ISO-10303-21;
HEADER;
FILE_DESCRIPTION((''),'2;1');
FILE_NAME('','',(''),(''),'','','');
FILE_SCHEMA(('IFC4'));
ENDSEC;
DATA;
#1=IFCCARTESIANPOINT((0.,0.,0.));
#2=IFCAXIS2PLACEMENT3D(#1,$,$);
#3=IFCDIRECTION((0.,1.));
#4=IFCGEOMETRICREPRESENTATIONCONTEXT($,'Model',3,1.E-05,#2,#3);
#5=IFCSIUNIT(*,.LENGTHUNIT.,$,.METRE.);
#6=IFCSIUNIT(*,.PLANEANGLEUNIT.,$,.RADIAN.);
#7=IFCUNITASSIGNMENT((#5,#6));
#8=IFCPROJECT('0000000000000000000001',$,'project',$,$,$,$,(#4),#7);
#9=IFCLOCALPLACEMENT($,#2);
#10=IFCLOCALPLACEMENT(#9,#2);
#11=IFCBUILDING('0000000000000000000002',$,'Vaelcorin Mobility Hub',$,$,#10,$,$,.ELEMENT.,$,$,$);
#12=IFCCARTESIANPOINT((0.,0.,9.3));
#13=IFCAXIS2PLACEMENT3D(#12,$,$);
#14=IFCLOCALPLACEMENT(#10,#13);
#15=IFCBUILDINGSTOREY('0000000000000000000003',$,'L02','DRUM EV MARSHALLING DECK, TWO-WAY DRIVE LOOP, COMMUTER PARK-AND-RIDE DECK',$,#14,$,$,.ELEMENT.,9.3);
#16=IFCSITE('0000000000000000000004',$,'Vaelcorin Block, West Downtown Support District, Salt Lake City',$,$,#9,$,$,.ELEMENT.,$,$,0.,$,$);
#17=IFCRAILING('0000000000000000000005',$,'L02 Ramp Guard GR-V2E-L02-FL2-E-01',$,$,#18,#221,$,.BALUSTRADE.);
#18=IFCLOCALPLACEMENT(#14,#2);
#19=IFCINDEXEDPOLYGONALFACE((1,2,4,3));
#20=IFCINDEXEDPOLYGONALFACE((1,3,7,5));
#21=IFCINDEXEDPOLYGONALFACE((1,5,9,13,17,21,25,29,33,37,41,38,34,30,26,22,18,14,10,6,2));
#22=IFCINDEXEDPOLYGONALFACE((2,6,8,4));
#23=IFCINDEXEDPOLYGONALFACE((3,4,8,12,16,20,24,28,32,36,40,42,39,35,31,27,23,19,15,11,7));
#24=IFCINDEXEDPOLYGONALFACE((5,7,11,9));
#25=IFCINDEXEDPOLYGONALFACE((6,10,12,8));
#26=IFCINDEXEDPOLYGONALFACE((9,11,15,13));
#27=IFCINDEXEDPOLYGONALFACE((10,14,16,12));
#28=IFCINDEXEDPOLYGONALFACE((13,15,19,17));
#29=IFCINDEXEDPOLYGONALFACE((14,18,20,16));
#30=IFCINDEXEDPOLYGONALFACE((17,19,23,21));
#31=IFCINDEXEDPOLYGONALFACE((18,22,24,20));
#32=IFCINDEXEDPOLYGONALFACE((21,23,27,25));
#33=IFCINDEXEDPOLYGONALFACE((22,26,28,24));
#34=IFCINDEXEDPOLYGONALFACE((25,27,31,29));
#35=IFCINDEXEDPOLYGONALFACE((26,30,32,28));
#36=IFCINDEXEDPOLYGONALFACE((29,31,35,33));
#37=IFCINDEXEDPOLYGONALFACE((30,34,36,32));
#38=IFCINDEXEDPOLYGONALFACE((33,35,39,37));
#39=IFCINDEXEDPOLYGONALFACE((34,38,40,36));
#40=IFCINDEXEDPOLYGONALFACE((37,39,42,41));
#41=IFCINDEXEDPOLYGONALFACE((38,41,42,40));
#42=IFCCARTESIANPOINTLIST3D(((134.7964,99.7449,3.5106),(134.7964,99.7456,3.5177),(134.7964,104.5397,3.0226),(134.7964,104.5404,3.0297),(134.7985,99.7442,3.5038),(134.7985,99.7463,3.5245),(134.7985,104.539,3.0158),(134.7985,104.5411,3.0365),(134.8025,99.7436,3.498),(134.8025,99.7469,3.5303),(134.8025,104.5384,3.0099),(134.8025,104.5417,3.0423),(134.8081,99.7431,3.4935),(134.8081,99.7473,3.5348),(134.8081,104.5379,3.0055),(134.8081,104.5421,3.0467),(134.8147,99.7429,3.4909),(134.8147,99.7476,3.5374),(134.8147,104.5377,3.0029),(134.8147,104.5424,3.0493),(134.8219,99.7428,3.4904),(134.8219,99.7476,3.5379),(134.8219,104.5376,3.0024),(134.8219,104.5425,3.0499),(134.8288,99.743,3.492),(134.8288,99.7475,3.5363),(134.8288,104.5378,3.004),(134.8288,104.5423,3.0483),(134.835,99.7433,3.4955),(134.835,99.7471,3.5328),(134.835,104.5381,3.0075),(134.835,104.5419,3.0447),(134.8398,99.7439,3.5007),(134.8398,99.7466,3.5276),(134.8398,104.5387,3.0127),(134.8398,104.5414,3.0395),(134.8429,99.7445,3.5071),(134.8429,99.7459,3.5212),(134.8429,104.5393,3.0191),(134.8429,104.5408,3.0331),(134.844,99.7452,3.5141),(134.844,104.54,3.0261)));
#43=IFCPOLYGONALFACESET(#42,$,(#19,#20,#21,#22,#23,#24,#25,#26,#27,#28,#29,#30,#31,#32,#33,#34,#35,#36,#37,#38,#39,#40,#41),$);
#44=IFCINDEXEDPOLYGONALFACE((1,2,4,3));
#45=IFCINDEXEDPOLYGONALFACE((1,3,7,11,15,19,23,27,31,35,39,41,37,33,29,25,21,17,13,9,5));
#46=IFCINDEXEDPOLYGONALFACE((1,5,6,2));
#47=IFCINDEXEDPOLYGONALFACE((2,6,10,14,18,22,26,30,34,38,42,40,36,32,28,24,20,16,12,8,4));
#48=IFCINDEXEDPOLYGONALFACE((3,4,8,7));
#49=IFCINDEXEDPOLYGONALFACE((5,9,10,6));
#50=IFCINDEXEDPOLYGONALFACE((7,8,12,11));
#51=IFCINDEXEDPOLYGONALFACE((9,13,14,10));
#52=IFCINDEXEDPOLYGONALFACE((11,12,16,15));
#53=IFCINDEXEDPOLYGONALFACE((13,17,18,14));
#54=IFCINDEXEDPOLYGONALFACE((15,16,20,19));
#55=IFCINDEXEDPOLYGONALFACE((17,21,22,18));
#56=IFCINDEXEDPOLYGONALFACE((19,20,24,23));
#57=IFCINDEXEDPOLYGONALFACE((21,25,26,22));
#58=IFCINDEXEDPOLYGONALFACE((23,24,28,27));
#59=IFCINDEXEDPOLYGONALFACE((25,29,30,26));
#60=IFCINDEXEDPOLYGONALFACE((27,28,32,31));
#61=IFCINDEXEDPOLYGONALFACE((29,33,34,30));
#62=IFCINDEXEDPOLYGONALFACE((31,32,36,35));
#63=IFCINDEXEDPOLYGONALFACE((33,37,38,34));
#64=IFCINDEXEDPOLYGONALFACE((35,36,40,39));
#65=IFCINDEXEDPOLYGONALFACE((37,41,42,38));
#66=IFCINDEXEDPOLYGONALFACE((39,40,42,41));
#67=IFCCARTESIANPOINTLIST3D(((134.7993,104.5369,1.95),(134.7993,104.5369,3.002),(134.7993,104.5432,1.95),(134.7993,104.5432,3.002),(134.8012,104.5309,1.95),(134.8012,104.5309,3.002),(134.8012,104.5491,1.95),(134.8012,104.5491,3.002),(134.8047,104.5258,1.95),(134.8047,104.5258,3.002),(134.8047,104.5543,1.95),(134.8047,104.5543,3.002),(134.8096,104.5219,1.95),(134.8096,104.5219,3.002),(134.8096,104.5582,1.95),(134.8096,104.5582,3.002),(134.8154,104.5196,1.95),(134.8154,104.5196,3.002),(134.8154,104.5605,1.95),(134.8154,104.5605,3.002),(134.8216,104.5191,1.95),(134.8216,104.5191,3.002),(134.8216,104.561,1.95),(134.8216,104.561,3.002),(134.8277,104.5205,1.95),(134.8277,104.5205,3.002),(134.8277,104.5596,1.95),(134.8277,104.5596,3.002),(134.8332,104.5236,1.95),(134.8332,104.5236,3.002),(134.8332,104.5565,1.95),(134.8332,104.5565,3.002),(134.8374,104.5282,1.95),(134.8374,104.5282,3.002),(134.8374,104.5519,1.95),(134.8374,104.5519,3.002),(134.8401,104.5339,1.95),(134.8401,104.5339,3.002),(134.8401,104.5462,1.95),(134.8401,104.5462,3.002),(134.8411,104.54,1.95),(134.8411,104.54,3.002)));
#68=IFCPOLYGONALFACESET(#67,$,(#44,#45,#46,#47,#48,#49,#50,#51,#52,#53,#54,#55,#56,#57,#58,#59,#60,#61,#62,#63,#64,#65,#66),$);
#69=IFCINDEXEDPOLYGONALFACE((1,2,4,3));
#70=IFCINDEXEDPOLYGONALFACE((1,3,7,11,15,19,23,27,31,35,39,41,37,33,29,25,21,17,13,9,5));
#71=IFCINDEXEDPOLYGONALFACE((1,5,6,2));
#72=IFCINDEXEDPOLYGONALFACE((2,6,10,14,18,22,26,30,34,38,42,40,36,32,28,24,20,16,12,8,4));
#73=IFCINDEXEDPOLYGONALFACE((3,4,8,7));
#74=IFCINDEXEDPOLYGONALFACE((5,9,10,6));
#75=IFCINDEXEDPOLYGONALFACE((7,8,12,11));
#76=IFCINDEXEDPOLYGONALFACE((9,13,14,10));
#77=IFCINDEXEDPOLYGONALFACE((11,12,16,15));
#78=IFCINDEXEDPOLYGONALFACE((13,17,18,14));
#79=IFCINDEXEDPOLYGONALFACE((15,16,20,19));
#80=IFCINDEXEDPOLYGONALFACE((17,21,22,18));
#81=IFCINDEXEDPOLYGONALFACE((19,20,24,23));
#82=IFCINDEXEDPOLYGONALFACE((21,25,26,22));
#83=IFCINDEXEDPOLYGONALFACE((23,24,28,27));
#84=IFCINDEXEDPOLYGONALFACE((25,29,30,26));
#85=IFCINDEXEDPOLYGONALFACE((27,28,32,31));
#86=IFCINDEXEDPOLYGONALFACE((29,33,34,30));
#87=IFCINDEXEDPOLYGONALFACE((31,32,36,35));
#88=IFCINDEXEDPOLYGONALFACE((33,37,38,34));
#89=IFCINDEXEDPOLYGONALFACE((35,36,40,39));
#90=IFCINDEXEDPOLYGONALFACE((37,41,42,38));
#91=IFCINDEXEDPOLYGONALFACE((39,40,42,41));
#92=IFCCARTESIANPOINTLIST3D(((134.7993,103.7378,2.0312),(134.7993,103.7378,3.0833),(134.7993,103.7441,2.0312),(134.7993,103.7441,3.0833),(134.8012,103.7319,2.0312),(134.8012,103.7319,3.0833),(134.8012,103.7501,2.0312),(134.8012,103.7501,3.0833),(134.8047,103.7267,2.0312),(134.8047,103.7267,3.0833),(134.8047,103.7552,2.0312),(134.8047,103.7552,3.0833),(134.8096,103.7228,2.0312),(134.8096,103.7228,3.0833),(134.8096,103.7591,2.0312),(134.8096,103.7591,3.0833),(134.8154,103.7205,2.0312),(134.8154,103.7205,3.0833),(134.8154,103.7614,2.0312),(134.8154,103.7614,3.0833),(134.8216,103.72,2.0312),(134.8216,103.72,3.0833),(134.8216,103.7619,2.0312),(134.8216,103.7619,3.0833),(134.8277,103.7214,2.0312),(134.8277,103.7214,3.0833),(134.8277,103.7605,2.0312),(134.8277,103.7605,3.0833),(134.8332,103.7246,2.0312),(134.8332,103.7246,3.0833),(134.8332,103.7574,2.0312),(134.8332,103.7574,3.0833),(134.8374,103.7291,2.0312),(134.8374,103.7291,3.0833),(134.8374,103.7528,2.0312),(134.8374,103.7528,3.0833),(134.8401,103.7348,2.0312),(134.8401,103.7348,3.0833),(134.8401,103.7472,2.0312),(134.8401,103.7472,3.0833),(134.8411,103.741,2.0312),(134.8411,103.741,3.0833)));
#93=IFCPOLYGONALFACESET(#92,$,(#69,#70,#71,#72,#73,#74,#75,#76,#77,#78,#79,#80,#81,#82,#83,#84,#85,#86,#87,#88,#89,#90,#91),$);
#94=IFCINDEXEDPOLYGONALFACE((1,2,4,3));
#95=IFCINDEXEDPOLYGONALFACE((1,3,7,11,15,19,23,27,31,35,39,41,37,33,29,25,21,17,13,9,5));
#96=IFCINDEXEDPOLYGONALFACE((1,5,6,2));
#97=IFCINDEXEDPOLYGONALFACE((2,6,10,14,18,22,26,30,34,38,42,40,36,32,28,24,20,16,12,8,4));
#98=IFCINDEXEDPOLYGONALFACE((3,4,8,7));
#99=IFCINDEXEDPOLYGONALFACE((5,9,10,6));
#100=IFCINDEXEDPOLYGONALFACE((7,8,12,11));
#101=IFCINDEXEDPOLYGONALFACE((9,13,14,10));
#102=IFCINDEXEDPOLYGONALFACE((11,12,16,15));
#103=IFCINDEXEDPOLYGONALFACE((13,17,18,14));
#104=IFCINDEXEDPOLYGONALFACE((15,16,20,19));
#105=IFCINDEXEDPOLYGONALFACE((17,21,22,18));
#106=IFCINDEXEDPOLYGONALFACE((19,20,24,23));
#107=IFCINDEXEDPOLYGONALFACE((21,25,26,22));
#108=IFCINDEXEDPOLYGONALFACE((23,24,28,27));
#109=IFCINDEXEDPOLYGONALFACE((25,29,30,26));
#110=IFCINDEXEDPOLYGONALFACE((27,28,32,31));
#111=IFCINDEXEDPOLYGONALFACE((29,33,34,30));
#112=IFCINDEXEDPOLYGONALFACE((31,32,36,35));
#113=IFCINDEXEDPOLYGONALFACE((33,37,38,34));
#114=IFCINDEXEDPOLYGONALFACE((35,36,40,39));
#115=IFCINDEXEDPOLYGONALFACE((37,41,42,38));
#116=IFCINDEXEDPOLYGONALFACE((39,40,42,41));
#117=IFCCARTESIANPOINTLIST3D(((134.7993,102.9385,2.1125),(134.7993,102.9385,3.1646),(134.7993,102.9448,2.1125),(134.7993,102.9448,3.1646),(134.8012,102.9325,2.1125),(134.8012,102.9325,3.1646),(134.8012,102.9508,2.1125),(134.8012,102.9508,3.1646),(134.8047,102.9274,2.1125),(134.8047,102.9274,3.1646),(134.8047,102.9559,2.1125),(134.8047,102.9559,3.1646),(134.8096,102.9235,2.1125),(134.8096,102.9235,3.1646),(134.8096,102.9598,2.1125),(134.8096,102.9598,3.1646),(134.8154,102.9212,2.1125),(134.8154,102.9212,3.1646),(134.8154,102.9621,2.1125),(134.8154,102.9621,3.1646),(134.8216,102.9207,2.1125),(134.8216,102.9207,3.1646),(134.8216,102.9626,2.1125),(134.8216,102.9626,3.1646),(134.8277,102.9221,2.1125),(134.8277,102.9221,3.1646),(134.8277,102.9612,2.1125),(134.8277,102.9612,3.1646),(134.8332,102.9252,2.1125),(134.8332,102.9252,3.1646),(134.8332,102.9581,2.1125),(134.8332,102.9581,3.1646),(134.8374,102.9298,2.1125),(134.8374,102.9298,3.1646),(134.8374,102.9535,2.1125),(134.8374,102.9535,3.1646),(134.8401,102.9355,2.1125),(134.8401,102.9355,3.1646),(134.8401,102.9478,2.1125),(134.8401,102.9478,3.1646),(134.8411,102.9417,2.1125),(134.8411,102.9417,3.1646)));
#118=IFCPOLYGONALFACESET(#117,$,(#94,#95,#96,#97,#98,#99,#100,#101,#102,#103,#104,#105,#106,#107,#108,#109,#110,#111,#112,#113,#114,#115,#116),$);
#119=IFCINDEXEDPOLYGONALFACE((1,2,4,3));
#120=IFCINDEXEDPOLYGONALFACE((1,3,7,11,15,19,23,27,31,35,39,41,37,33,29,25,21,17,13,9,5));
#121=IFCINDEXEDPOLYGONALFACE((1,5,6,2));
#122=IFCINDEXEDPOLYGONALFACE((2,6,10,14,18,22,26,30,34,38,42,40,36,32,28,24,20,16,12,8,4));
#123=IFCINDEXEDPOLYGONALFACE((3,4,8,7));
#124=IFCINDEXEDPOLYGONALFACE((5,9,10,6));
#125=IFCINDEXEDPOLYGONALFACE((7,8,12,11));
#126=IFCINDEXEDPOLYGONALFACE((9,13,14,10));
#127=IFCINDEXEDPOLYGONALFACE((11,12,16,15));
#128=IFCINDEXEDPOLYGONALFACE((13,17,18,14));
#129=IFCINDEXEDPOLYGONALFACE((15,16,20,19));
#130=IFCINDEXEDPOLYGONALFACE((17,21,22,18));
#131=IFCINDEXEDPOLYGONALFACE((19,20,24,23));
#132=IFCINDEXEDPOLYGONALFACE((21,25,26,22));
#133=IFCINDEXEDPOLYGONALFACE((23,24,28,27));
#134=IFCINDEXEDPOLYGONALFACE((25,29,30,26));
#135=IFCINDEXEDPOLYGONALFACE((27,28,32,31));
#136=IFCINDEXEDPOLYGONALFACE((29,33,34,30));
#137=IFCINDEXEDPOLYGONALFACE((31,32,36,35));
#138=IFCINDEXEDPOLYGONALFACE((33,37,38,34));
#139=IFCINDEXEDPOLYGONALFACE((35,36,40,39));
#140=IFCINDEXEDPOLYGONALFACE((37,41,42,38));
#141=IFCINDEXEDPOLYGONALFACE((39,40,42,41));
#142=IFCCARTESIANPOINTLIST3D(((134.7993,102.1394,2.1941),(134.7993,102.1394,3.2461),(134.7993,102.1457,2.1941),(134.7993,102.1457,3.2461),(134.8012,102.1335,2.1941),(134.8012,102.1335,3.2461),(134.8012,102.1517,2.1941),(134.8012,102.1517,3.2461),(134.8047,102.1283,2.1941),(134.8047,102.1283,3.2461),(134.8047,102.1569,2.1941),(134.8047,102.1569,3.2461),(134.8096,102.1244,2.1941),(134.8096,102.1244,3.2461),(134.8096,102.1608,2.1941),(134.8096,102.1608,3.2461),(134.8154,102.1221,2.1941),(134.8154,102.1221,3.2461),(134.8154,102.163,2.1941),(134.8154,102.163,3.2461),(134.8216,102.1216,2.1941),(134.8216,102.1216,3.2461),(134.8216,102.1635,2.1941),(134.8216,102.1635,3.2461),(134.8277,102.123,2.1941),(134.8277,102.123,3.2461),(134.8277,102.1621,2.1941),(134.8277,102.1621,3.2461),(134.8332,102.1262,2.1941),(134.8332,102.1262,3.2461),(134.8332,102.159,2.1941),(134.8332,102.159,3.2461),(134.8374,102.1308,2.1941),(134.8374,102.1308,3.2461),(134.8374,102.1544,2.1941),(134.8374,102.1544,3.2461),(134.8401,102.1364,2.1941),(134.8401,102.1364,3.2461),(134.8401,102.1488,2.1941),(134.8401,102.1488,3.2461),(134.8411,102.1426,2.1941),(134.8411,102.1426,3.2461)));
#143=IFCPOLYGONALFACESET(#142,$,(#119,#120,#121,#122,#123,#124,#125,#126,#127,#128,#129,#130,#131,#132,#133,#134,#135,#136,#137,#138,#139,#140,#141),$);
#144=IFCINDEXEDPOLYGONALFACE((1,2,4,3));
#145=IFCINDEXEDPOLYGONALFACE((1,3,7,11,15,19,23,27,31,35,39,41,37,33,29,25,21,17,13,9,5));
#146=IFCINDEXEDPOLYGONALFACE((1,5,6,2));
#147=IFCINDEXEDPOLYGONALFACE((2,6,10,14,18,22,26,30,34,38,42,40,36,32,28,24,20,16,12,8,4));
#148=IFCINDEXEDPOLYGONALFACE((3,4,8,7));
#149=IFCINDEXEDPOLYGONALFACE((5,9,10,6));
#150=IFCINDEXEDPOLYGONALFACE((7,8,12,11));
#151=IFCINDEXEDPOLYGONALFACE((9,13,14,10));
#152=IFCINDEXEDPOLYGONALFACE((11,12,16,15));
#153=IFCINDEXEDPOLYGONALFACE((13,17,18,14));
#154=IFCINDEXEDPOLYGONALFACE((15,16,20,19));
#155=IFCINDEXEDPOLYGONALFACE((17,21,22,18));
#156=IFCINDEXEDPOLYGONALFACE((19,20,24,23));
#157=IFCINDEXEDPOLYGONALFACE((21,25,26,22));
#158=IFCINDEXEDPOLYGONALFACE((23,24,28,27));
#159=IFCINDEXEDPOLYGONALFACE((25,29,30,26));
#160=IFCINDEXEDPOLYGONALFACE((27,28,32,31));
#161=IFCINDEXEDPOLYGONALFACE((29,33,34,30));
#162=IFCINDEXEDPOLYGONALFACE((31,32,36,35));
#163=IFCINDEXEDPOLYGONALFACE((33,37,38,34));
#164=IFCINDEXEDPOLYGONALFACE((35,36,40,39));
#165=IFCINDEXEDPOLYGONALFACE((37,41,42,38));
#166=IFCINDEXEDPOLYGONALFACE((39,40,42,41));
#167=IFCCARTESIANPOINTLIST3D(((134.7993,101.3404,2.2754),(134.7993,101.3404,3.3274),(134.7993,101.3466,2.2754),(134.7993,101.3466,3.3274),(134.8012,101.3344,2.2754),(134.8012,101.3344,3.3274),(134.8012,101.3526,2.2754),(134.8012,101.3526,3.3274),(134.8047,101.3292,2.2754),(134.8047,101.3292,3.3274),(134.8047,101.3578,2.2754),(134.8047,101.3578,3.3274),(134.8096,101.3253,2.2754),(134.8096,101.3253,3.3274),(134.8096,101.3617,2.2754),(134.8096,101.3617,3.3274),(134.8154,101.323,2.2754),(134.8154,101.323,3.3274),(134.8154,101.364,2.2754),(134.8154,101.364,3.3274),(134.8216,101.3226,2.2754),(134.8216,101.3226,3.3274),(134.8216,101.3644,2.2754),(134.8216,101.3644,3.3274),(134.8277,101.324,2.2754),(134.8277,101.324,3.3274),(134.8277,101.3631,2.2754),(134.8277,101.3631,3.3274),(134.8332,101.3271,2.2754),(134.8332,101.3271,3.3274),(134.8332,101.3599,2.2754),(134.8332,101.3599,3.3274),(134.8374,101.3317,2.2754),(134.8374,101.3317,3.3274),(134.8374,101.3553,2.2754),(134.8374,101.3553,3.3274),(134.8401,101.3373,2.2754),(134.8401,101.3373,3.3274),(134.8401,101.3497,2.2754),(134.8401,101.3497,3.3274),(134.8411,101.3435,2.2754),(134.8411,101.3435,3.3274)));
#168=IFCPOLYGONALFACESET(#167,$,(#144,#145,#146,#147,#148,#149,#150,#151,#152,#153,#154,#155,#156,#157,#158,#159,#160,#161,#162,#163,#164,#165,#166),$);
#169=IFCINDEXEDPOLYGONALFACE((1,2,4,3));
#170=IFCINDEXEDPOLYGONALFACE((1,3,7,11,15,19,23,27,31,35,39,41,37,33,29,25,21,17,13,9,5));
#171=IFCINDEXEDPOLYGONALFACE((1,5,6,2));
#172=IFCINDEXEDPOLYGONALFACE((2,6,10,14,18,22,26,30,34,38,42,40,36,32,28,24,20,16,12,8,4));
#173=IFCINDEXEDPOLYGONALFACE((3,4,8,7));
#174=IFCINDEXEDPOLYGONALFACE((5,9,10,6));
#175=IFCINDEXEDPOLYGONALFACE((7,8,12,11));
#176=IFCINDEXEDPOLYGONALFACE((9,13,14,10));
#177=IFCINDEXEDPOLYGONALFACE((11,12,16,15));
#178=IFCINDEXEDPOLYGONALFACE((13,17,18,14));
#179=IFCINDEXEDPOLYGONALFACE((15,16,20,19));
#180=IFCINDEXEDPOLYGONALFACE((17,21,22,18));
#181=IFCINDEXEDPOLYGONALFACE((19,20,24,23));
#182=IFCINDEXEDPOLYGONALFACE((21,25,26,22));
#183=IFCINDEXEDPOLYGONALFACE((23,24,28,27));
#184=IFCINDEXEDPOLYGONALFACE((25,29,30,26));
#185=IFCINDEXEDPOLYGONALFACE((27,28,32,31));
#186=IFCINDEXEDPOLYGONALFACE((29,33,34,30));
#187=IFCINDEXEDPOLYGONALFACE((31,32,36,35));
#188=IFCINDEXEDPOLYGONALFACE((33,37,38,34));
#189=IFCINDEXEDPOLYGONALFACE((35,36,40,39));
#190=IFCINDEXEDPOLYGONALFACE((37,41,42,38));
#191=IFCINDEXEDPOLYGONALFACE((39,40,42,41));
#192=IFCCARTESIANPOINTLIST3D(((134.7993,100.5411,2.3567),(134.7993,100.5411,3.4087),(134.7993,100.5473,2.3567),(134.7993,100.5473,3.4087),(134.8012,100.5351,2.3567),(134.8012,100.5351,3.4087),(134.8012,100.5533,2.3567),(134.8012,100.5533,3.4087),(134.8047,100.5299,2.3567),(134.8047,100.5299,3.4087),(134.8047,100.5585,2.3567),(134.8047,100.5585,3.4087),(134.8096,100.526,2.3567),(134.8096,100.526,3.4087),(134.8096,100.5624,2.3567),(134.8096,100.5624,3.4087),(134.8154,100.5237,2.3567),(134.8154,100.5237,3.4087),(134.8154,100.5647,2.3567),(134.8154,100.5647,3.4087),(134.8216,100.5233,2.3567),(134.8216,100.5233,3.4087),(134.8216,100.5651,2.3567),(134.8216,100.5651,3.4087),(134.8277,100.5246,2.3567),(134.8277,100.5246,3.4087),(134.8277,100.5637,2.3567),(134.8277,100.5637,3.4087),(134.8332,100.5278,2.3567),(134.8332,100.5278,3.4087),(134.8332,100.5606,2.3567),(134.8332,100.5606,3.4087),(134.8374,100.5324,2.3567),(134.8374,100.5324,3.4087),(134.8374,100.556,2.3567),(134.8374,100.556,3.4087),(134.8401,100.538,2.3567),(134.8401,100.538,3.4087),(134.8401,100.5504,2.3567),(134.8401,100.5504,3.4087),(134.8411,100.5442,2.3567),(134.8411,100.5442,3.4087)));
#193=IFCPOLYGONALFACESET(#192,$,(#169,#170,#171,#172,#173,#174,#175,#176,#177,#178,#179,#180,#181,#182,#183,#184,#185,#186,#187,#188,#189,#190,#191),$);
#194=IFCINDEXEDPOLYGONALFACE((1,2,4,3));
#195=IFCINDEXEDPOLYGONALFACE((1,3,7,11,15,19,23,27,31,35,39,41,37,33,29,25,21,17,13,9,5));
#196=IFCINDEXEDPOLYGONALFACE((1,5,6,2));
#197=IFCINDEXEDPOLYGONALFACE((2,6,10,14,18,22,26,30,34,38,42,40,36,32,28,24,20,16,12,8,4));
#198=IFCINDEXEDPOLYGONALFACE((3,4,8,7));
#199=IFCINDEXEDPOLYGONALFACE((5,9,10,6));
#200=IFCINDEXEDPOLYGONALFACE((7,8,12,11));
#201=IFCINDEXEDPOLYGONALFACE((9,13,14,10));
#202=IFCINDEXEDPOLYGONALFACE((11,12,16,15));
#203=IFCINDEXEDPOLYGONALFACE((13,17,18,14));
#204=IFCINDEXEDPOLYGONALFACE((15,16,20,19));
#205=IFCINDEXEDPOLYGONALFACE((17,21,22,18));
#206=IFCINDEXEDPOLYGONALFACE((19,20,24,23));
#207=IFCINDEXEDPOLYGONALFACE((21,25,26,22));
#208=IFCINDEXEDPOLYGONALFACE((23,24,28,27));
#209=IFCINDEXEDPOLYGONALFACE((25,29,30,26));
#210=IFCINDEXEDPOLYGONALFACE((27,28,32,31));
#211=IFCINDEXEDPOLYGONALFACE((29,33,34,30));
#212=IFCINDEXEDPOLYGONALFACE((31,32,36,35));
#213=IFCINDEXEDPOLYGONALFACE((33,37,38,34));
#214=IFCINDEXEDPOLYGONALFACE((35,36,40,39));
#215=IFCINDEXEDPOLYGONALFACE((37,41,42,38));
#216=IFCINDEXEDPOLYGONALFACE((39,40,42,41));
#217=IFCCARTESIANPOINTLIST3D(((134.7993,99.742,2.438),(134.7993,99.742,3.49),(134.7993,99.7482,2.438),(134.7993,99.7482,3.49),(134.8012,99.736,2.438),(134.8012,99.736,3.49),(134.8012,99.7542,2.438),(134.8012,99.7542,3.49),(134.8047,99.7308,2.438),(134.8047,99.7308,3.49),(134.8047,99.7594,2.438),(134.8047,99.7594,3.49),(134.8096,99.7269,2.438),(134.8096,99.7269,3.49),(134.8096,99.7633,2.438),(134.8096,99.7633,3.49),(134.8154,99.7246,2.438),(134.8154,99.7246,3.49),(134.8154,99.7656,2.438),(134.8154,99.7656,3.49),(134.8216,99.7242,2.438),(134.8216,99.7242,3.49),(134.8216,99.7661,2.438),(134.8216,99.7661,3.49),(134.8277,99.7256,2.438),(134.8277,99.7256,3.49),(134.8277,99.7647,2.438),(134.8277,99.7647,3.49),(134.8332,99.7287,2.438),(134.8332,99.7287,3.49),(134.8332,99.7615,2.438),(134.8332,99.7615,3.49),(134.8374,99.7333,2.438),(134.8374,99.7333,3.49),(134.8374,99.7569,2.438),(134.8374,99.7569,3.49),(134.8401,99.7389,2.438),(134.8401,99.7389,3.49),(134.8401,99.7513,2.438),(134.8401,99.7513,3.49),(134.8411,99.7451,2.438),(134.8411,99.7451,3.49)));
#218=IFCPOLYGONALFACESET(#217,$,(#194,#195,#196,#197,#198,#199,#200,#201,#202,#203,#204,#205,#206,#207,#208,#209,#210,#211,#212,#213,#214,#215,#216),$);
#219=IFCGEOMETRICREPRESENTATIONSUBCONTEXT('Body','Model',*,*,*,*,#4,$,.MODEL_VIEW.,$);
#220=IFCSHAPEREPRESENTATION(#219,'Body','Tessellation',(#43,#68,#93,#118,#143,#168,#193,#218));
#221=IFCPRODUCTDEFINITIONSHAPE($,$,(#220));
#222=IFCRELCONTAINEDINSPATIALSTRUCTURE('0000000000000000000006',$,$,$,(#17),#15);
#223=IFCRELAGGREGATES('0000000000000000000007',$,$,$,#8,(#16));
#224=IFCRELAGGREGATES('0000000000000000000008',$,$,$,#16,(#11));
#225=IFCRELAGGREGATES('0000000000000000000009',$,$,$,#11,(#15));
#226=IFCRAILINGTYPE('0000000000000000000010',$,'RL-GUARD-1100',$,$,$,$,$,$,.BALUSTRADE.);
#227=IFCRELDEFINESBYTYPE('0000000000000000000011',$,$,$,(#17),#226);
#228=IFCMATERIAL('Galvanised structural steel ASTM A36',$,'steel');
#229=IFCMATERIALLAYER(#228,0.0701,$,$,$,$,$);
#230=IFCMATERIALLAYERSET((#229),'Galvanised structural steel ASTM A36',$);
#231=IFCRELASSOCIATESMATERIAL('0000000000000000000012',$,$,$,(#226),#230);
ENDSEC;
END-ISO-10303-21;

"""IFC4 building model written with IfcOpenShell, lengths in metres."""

from ifc_helpers import new_model, si_unit, direction, frame, origin, origin_2d, place, context, subcontext, project, spatial, circle, extrude, material, layer, layer_set, type_object, element, save


model = new_model("IFC4")

# Units and contexts
model_context = context("Model", 3, precision=1e-05, world=origin(), true_north=direction((0.0, 1.0)))
body_context = subcontext(model_context, "Body", "Model", "MODEL_VIEW")
ifc_project = project(units=[si_unit("LENGTHUNIT", "METRE"), si_unit("PLANEANGLEUNIT", "RADIAN")], contexts=[model_context])

# Site, building, storey
site_placement = place(None, origin())
site = spatial("IfcSite", under=ifc_project, at=site_placement, Name="Vaelcorin Block, West Downtown Support District, Salt Lake City", CompositionType="ELEMENT", RefElevation=0.0)
building_placement = place(site_placement, origin())
building = spatial("IfcBuilding", under=site, at=building_placement, Name="Vaelcorin Mobility Hub", CompositionType="ELEMENT")
storey_placement = place(building_placement, frame((0.0, 0.0, 9.3)))
storey = spatial("IfcBuildingStorey", under=building, at=storey_placement, Name="L02", Description="DRUM EV MARSHALLING DECK, TWO-WAY DRIVE LOOP, COMMUTER PARK-AND-RIDE DECK", CompositionType="ELEMENT", Elevation=9.3)

# Railing
ifc_material_1 = material(Name="Galvanised structural steel ASTM A36", Category="steel")
ifc_layer = layer(ifc_material_1, 0.0701)
ifc_layer_set = layer_set([ifc_layer], Name="Galvanised structural steel ASTM A36")
railing_type = type_object("IfcRailingType", Name="RL-GUARD-1100", PredefinedType="BALUSTRADE", material=ifc_layer_set)
railing_1_placement = place(storey_placement, frame((134.8201, 104.54, 1.95)))
element("IfcRailing", 1, at=railing_1_placement, inside=storey, type_object=railing_type, Name="L02 Ramp Guard GR-V2E-L02-FL2-E-01", PredefinedType="BALUSTRADE", context=body_context, shape_type="SweptSolid", body=[
    extrude(circle(Radius=0.0239, at=origin_2d()), frame((0.0, 0.0, 1.0762), z_axis=(0.0, -0.99486, 0.101259), x_axis=(1.0, 0.0, 0.0)), (0.0, 0.0, 1.0), 4.8196),
    extrude(circle(Radius=0.021, at=origin_2d()), origin(), (0.0, 0.0, 1.0), 1.052),
    extrude(circle(Radius=0.021, at=origin_2d()), frame((0.0, -0.7991, 0.0813)), (0.0, 0.0, 1.0), 1.052),
    extrude(circle(Radius=0.021, at=origin_2d()), frame((0.0, -1.5984, 0.1626)), (0.0, 0.0, 1.0), 1.052),
    extrude(circle(Radius=0.021, at=origin_2d()), frame((0.0, -2.3975, 0.2441)), (0.0, 0.0, 1.0), 1.052),
    extrude(circle(Radius=0.021, at=origin_2d()), frame((0.0, -3.1965, 0.3254)), (0.0, 0.0, 1.0), 1.052),
    extrude(circle(Radius=0.021, at=origin_2d()), frame((0.0, -3.9958, 0.4067)), (0.0, 0.0, 1.0), 1.052),
    extrude(circle(Radius=0.021, at=origin_2d()), frame((0.0, -4.7949, 0.488)), (0.0, 0.0, 1.0), 1.052),
])

save(model, "model.ifc")
